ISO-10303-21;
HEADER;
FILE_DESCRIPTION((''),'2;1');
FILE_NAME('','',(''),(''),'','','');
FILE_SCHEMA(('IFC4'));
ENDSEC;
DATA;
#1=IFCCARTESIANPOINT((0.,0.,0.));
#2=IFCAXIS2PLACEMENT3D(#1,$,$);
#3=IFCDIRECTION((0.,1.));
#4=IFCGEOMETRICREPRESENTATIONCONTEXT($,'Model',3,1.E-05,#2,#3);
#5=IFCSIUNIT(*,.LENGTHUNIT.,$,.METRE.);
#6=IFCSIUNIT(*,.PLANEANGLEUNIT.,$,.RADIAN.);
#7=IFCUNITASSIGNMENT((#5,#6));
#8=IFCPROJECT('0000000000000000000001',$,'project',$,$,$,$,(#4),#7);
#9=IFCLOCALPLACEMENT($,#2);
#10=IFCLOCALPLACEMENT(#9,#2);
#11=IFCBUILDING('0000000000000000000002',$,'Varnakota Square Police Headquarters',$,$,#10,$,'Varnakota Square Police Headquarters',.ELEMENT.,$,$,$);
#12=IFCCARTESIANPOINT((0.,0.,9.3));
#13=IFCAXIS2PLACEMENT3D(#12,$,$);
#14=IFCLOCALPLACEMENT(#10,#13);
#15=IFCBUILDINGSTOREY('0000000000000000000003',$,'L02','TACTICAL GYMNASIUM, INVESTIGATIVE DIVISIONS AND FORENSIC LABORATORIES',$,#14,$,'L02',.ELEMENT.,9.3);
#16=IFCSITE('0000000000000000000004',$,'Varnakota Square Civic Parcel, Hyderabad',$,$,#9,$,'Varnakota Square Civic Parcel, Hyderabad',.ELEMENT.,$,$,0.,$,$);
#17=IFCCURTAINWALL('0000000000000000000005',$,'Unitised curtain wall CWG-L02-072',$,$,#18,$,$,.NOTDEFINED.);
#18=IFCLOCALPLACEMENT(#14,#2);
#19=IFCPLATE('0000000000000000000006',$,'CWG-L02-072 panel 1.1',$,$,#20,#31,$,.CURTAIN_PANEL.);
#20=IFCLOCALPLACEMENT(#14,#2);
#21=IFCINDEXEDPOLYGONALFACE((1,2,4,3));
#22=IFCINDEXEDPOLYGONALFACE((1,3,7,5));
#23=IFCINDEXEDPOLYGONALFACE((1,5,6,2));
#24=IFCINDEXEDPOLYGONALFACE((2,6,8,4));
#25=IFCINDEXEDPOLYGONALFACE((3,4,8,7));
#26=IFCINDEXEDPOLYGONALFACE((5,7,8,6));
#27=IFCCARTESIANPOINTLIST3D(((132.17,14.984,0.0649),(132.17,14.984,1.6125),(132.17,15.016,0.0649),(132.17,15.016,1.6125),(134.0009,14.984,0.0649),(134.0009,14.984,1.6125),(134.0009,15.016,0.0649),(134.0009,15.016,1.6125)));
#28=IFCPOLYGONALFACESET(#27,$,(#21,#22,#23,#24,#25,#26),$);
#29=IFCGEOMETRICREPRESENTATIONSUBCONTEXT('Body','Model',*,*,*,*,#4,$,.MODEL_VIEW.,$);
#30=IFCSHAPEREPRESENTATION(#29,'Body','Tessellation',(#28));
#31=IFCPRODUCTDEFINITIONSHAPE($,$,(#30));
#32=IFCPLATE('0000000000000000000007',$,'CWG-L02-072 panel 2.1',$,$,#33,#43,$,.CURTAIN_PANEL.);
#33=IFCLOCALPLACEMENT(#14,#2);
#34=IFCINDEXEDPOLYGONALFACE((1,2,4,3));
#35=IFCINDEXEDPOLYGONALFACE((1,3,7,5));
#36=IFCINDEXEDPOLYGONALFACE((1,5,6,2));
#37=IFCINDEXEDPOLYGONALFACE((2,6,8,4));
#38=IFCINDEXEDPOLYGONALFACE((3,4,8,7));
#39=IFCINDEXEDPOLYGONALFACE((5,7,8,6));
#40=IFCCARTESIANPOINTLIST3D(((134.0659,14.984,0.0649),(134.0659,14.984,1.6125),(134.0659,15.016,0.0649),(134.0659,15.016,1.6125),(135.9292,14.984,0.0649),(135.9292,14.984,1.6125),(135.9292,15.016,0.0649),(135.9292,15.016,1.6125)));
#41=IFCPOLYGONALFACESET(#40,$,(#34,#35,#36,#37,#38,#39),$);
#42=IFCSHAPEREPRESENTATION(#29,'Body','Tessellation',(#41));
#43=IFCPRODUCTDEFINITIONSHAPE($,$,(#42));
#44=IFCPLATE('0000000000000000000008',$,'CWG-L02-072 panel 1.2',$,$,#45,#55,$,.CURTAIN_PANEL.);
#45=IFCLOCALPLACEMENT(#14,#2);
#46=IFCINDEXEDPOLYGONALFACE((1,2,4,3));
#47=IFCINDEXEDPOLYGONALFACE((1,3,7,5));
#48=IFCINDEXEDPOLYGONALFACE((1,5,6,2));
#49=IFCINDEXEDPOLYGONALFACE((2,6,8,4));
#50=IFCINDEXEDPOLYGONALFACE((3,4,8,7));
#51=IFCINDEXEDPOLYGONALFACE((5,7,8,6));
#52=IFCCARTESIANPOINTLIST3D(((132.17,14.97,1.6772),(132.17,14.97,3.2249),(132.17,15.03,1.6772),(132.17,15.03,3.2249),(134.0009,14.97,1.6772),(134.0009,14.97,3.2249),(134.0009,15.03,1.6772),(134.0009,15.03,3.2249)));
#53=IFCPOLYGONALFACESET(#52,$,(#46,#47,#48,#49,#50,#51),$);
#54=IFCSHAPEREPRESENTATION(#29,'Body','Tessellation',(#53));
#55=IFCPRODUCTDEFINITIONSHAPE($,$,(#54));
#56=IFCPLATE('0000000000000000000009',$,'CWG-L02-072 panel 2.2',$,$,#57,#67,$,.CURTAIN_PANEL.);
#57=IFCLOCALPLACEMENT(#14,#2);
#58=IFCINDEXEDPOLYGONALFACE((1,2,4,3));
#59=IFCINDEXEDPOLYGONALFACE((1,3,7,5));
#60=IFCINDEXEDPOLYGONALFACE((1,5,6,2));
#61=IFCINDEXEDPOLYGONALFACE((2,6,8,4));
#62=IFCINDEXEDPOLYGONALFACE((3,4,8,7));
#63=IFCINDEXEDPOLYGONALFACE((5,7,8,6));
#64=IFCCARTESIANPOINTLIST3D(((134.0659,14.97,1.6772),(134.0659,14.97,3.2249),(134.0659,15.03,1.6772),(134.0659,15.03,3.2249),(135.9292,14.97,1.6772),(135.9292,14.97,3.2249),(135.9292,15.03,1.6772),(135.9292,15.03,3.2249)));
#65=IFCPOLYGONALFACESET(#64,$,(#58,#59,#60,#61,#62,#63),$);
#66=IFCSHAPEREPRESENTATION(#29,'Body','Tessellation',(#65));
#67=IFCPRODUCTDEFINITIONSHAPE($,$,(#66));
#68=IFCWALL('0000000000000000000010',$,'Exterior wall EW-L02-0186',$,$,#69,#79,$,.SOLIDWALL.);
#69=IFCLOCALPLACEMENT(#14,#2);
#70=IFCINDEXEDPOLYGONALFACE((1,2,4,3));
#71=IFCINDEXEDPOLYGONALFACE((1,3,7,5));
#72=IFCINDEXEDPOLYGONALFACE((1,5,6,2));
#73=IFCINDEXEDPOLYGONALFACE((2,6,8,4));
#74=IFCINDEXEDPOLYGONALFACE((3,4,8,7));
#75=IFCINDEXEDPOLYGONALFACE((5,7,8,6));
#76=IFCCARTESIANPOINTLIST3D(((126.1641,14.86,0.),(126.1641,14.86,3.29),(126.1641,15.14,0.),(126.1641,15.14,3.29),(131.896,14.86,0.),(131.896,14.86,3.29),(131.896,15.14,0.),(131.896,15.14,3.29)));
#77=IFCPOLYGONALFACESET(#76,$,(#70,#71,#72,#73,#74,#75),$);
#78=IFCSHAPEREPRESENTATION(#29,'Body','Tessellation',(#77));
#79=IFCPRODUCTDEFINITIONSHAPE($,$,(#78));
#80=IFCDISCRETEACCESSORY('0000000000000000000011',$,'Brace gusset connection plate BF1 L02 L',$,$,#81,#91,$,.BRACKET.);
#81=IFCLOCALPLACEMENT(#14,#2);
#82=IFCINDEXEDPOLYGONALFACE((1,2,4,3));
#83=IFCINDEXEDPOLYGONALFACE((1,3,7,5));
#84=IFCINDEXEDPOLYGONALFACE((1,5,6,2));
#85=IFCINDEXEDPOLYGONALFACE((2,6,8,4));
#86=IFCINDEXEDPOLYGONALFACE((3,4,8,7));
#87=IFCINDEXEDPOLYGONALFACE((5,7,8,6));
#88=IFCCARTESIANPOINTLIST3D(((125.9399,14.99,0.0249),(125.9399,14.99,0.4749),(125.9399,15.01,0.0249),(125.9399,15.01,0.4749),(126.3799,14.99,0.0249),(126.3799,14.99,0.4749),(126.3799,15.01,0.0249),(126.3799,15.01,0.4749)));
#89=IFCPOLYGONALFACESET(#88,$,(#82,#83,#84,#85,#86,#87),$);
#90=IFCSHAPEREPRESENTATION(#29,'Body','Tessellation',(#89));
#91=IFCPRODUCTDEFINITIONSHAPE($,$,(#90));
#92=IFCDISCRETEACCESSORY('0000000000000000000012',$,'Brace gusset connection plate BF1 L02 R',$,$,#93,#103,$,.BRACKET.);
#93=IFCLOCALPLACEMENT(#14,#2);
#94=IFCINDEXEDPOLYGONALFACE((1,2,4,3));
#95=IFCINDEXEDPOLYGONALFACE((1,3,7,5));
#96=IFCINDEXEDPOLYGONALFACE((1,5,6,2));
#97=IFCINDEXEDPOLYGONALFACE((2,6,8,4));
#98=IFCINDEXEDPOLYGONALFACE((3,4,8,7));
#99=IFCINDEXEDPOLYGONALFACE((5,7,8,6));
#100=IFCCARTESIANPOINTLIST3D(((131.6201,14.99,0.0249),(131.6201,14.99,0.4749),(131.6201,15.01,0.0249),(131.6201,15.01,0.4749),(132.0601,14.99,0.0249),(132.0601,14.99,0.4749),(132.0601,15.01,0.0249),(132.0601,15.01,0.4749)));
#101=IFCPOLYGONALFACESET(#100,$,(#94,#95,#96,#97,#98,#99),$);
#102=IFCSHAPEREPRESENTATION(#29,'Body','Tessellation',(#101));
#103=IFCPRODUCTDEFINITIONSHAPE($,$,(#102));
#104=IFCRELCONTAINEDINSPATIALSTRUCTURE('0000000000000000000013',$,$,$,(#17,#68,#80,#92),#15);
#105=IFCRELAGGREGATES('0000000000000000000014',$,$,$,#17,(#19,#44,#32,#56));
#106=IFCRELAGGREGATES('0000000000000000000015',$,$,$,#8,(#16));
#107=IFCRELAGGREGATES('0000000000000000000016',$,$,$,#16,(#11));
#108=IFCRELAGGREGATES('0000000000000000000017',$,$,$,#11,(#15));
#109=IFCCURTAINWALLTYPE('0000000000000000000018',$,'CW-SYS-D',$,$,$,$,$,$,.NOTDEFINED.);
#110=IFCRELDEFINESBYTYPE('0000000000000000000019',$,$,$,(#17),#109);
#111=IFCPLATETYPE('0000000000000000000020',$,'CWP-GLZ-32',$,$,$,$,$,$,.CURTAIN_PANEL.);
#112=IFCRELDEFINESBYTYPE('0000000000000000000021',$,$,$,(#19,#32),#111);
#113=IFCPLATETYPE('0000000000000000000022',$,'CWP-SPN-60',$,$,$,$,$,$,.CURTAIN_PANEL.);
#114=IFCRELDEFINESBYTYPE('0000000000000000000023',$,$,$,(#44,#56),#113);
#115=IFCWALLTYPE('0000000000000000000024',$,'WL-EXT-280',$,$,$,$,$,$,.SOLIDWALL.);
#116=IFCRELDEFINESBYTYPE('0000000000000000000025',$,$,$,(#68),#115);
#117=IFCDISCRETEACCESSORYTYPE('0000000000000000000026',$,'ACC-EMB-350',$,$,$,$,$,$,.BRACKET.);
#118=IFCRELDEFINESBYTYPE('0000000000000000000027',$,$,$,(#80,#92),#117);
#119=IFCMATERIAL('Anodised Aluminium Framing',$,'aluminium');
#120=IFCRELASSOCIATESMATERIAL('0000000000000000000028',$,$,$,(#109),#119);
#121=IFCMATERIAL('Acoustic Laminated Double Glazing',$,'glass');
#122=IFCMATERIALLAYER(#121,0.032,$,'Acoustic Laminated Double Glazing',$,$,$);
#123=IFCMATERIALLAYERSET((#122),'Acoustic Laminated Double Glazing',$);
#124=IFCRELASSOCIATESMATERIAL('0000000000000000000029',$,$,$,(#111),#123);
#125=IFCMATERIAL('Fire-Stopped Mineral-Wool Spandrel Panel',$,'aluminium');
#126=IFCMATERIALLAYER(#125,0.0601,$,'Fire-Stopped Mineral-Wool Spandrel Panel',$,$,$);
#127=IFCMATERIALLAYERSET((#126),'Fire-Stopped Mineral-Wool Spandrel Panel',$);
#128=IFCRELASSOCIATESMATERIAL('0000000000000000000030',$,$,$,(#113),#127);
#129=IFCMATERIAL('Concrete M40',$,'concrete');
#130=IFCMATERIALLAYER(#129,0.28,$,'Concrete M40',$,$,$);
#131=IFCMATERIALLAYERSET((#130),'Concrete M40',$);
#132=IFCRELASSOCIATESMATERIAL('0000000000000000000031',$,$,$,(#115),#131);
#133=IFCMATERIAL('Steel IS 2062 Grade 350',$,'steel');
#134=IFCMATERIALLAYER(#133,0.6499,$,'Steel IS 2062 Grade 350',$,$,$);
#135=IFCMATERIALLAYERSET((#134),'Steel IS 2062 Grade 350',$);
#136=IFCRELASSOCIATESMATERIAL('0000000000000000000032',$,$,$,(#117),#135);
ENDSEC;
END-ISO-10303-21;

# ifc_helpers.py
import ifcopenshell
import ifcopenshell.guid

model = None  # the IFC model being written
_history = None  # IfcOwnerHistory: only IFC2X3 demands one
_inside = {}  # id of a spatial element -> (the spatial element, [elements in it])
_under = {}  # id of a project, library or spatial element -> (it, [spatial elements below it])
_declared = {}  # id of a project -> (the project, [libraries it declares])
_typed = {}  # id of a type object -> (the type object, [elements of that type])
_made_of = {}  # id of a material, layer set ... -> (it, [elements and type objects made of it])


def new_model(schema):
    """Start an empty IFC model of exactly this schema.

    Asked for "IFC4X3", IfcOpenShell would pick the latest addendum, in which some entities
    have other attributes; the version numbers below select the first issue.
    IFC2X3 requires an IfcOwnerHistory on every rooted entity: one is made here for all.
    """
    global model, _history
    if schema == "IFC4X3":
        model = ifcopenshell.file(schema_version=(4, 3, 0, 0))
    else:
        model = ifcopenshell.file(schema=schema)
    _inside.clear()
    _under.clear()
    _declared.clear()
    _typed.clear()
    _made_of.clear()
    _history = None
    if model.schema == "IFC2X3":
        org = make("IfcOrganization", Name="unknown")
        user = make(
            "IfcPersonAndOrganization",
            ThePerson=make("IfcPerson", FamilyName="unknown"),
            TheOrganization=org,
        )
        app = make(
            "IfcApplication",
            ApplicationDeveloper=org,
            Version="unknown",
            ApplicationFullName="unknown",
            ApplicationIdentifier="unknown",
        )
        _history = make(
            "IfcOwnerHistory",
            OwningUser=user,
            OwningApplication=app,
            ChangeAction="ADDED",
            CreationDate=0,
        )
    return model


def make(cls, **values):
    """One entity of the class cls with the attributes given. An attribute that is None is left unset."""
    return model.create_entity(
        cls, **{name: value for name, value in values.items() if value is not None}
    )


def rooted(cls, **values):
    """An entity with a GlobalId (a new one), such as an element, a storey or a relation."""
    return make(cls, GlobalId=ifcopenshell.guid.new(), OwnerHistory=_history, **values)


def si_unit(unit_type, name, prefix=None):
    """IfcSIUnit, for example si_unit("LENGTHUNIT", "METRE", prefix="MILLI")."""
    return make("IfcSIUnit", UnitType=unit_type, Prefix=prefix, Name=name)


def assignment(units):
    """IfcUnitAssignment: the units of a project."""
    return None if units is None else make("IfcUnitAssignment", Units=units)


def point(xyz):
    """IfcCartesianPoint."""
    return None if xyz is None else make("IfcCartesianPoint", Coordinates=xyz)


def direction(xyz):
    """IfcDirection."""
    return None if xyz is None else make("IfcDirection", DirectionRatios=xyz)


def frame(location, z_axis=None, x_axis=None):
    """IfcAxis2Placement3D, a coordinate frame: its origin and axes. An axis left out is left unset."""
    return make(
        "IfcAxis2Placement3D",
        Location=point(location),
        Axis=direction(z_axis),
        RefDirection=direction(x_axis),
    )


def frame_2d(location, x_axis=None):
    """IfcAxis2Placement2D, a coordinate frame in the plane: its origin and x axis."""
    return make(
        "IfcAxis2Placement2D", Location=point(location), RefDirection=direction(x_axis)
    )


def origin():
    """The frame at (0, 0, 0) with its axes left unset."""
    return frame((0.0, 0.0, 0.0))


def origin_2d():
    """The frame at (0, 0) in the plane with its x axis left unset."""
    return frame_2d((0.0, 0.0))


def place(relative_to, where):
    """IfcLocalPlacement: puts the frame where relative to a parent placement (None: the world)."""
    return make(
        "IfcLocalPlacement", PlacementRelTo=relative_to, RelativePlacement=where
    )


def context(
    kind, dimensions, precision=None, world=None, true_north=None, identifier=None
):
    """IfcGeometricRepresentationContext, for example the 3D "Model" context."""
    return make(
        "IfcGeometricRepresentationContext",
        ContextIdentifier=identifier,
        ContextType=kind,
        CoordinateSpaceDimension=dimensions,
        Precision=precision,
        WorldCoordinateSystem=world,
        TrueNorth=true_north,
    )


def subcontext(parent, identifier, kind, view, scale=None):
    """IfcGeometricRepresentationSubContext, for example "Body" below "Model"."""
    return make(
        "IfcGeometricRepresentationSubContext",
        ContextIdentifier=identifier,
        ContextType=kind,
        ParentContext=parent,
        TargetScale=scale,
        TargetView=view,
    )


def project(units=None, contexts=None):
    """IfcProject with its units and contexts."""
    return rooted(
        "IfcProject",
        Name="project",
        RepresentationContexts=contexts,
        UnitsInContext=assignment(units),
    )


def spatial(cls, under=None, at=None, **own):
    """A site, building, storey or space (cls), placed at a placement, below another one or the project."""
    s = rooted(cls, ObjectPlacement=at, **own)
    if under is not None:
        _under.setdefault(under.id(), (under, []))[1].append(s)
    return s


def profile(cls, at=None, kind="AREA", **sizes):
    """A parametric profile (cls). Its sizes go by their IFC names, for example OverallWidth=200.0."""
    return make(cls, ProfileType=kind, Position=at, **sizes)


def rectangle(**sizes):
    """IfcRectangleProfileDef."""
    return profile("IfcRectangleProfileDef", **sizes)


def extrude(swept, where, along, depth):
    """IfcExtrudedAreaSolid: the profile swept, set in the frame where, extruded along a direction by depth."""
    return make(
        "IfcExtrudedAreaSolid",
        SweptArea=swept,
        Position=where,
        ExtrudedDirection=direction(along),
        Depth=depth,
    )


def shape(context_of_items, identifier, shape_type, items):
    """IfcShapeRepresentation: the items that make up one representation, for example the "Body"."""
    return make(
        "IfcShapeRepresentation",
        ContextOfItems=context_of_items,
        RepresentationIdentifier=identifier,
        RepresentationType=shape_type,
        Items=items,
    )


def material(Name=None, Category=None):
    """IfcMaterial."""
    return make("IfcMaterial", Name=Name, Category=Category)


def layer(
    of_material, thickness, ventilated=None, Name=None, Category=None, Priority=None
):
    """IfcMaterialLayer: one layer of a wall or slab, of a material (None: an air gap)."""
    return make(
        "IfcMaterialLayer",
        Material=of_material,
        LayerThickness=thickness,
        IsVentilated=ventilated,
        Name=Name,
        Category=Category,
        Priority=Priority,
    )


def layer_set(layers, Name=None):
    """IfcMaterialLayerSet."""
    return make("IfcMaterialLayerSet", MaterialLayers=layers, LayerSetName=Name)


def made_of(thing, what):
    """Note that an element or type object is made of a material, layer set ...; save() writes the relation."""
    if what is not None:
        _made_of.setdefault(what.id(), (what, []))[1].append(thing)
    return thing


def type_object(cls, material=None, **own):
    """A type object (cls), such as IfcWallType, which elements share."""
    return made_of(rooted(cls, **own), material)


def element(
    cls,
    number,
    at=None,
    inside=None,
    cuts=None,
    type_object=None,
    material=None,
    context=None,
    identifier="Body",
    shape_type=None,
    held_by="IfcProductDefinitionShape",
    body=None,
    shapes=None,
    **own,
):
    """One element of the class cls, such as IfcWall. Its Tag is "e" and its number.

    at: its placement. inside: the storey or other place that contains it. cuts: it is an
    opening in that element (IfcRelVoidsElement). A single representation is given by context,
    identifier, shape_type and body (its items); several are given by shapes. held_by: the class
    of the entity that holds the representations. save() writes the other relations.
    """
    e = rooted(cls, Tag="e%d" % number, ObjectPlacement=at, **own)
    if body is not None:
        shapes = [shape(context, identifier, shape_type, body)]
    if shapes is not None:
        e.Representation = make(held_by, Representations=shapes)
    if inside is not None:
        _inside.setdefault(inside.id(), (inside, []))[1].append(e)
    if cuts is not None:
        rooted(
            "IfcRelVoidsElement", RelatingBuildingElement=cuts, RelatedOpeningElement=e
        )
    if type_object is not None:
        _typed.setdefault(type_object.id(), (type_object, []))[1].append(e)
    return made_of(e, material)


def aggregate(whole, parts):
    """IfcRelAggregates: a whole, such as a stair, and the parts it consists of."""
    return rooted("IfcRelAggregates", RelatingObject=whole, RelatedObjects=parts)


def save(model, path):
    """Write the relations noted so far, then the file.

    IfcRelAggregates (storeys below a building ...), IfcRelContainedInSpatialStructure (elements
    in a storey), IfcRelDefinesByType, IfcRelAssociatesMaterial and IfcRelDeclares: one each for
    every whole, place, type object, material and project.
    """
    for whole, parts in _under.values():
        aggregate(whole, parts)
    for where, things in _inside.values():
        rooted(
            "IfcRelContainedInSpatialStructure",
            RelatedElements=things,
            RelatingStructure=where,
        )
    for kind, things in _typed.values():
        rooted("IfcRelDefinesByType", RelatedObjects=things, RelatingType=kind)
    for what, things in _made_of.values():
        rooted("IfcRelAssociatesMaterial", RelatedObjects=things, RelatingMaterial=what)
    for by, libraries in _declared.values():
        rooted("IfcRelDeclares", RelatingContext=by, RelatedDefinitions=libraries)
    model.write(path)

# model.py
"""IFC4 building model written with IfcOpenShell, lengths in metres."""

from ifc_helpers import new_model, si_unit, direction, frame, frame_2d, origin, origin_2d, place, context, subcontext, project, spatial, rectangle, extrude, material, layer, layer_set, type_object, element, aggregate, save


model = new_model("IFC4")

# Units and contexts
model_context = context("Model", 3, precision=1e-05, world=origin(), true_north=direction((0.0, 1.0)))
body_context = subcontext(model_context, "Body", "Model", "MODEL_VIEW")
ifc_project = project(units=[si_unit("LENGTHUNIT", "METRE"), si_unit("PLANEANGLEUNIT", "RADIAN")], contexts=[model_context])

# Site, building, storey
site_placement = place(None, origin())
site = spatial("IfcSite", under=ifc_project, at=site_placement, Name="Varnakota Square Civic Parcel, Hyderabad", LongName="Varnakota Square Civic Parcel, Hyderabad", CompositionType="ELEMENT", RefElevation=0.0)
building_placement = place(site_placement, origin())
building = spatial("IfcBuilding", under=site, at=building_placement, Name="Varnakota Square Police Headquarters", LongName="Varnakota Square Police Headquarters", CompositionType="ELEMENT")
storey_placement = place(building_placement, frame((0.0, 0.0, 9.3)))
storey = spatial("IfcBuildingStorey", under=building, at=storey_placement, Name="L02", Description="TACTICAL GYMNASIUM, INVESTIGATIVE DIVISIONS AND FORENSIC LABORATORIES", LongName="L02", CompositionType="ELEMENT", Elevation=9.3)

# Shared definitions
ifc_material_1 = material(Name="Steel IS 2062 Grade 350", Category="steel")

# Curtain wall
ifc_material_2 = material(Name="Anodised Aluminium Framing", Category="aluminium")
curtain_wall_type = type_object("IfcCurtainWallType", Name="CW-SYS-D", PredefinedType="NOTDEFINED", material=ifc_material_2)
curtain_wall_placement = place(storey_placement, origin())
curtain_wall = element("IfcCurtainWall", 1, at=curtain_wall_placement, inside=storey, type_object=curtain_wall_type, Name="Unitised curtain wall CWG-L02-072", PredefinedType="NOTDEFINED")

# Plates
ifc_material_3 = material(Name="Acoustic Laminated Double Glazing", Category="glass")
ifc_layer_1 = layer(ifc_material_3, 0.032, Name="Acoustic Laminated Double Glazing")
ifc_layer_set_1 = layer_set([ifc_layer_1], Name="Acoustic Laminated Double Glazing")
plate_type_1 = type_object("IfcPlateType", Name="CWP-GLZ-32", PredefinedType="CURTAIN_PANEL", material=ifc_layer_set_1)
plate_1_placement = place(storey_placement, frame((133.0854, 15.0, 0.0649), z_axis=(0.0, 0.0, 1.0), x_axis=(1.0, 0.0, 0.0)))
plate_1 = element("IfcPlate", 2, at=plate_1_placement, type_object=plate_type_1, Name="CWG-L02-072 panel 1.1", PredefinedType="CURTAIN_PANEL", context=body_context, shape_type="SweptSolid", body=[
    extrude(rectangle(XDim=1.8308, YDim=0.032, at=origin_2d()), origin(), (0.0, 0.0, 1.0), 1.5476),
])
plate_2_placement = place(storey_placement, frame((134.9976, 15.0, 0.0649), z_axis=(0.0, 0.0, 1.0), x_axis=(1.0, 0.0, 0.0)))
plate_2 = element("IfcPlate", 3, at=plate_2_placement, type_object=plate_type_1, Name="CWG-L02-072 panel 2.1", PredefinedType="CURTAIN_PANEL", context=body_context, shape_type="SweptSolid", body=[
    extrude(rectangle(XDim=1.8633, YDim=0.032, at=origin_2d()), origin(), (0.0, 0.0, 1.0), 1.5476),
])
ifc_material_4 = material(Name="Fire-Stopped Mineral-Wool Spandrel Panel", Category="aluminium")
ifc_layer_2 = layer(ifc_material_4, 0.0601, Name="Fire-Stopped Mineral-Wool Spandrel Panel")
ifc_layer_set_2 = layer_set([ifc_layer_2], Name="Fire-Stopped Mineral-Wool Spandrel Panel")
plate_type_2 = type_object("IfcPlateType", Name="CWP-SPN-60", PredefinedType="CURTAIN_PANEL", material=ifc_layer_set_2)
plate_3_placement = place(storey_placement, frame((133.0854, 15.0, 1.6772), z_axis=(0.0, 0.0, 1.0), x_axis=(1.0, 0.0, 0.0)))
plate_3 = element("IfcPlate", 4, at=plate_3_placement, type_object=plate_type_2, Name="CWG-L02-072 panel 1.2", PredefinedType="CURTAIN_PANEL", context=body_context, shape_type="SweptSolid", body=[
    extrude(rectangle(XDim=1.8308, YDim=0.0601, at=origin_2d()), origin(), (0.0, 0.0, 1.0), 1.5476),
])
plate_4_placement = place(storey_placement, frame((134.9976, 15.0, 1.6772), z_axis=(0.0, 0.0, 1.0), x_axis=(1.0, 0.0, 0.0)))
plate_4 = element("IfcPlate", 5, at=plate_4_placement, type_object=plate_type_2, Name="CWG-L02-072 panel 2.2", PredefinedType="CURTAIN_PANEL", context=body_context, shape_type="SweptSolid", body=[
    extrude(rectangle(XDim=1.8633, YDim=0.0601, at=origin_2d()), origin(), (0.0, 0.0, 1.0), 1.5476),
])
aggregate(curtain_wall, [plate_1, plate_3, plate_2, plate_4])

# Wall
ifc_material_5 = material(Name="Concrete M40", Category="concrete")
ifc_layer_3 = layer(ifc_material_5, 0.28, Name="Concrete M40")
ifc_layer_set_3 = layer_set([ifc_layer_3], Name="Concrete M40")
wall_type = type_object("IfcWallType", Name="WL-EXT-280", PredefinedType="SOLIDWALL", material=ifc_layer_set_3)
wall_placement = place(storey_placement, frame((126.1641, 15.0, 0.0), z_axis=(0.0, 0.0, 1.0), x_axis=(1.0, 0.0, 0.0)))
element("IfcWall", 6, at=wall_placement, inside=storey, type_object=wall_type, Name="Exterior wall EW-L02-0186", PredefinedType="SOLIDWALL", context=body_context, shape_type="SweptSolid", body=[
    extrude(rectangle(XDim=5.7319, YDim=0.28, at=frame_2d((2.866, 0.0))), origin(), (0.0, 0.0, 1.0), 3.29),
])

# Discrete accessories
ifc_layer_4 = layer(ifc_material_1, 0.6499, Name="Steel IS 2062 Grade 350")
ifc_layer_set_4 = layer_set([ifc_layer_4], Name="Steel IS 2062 Grade 350")
discrete_accessory_type = type_object("IfcDiscreteAccessoryType", Name="ACC-EMB-350", PredefinedType="BRACKET", material=ifc_layer_set_4)
for number, where, z_axis, x_axis, name in (
    (7, (126.1599, 15.0, 0.0249), (0.0, 0.0, 1.0), (1.0, 0.0, 0.0), "Brace gusset connection plate BF1 L02 L"),
    (8, (131.8401, 15.0, 0.0249), (0.0, 0.0, 1.0), (1.0, 0.0, 0.0), "Brace gusset connection plate BF1 L02 R"),
):
    element("IfcDiscreteAccessory", number, at=place(storey_placement, frame(where, z_axis=z_axis, x_axis=x_axis)), inside=storey, type_object=discrete_accessory_type, Name=name, PredefinedType="BRACKET", context=body_context, shape_type="SweptSolid", body=[
        extrude(rectangle(XDim=0.4399, YDim=0.02, at=origin_2d()), origin(), (0.0, 0.0, 1.0), 0.45),
    ])

save(model, "model.ifc")
